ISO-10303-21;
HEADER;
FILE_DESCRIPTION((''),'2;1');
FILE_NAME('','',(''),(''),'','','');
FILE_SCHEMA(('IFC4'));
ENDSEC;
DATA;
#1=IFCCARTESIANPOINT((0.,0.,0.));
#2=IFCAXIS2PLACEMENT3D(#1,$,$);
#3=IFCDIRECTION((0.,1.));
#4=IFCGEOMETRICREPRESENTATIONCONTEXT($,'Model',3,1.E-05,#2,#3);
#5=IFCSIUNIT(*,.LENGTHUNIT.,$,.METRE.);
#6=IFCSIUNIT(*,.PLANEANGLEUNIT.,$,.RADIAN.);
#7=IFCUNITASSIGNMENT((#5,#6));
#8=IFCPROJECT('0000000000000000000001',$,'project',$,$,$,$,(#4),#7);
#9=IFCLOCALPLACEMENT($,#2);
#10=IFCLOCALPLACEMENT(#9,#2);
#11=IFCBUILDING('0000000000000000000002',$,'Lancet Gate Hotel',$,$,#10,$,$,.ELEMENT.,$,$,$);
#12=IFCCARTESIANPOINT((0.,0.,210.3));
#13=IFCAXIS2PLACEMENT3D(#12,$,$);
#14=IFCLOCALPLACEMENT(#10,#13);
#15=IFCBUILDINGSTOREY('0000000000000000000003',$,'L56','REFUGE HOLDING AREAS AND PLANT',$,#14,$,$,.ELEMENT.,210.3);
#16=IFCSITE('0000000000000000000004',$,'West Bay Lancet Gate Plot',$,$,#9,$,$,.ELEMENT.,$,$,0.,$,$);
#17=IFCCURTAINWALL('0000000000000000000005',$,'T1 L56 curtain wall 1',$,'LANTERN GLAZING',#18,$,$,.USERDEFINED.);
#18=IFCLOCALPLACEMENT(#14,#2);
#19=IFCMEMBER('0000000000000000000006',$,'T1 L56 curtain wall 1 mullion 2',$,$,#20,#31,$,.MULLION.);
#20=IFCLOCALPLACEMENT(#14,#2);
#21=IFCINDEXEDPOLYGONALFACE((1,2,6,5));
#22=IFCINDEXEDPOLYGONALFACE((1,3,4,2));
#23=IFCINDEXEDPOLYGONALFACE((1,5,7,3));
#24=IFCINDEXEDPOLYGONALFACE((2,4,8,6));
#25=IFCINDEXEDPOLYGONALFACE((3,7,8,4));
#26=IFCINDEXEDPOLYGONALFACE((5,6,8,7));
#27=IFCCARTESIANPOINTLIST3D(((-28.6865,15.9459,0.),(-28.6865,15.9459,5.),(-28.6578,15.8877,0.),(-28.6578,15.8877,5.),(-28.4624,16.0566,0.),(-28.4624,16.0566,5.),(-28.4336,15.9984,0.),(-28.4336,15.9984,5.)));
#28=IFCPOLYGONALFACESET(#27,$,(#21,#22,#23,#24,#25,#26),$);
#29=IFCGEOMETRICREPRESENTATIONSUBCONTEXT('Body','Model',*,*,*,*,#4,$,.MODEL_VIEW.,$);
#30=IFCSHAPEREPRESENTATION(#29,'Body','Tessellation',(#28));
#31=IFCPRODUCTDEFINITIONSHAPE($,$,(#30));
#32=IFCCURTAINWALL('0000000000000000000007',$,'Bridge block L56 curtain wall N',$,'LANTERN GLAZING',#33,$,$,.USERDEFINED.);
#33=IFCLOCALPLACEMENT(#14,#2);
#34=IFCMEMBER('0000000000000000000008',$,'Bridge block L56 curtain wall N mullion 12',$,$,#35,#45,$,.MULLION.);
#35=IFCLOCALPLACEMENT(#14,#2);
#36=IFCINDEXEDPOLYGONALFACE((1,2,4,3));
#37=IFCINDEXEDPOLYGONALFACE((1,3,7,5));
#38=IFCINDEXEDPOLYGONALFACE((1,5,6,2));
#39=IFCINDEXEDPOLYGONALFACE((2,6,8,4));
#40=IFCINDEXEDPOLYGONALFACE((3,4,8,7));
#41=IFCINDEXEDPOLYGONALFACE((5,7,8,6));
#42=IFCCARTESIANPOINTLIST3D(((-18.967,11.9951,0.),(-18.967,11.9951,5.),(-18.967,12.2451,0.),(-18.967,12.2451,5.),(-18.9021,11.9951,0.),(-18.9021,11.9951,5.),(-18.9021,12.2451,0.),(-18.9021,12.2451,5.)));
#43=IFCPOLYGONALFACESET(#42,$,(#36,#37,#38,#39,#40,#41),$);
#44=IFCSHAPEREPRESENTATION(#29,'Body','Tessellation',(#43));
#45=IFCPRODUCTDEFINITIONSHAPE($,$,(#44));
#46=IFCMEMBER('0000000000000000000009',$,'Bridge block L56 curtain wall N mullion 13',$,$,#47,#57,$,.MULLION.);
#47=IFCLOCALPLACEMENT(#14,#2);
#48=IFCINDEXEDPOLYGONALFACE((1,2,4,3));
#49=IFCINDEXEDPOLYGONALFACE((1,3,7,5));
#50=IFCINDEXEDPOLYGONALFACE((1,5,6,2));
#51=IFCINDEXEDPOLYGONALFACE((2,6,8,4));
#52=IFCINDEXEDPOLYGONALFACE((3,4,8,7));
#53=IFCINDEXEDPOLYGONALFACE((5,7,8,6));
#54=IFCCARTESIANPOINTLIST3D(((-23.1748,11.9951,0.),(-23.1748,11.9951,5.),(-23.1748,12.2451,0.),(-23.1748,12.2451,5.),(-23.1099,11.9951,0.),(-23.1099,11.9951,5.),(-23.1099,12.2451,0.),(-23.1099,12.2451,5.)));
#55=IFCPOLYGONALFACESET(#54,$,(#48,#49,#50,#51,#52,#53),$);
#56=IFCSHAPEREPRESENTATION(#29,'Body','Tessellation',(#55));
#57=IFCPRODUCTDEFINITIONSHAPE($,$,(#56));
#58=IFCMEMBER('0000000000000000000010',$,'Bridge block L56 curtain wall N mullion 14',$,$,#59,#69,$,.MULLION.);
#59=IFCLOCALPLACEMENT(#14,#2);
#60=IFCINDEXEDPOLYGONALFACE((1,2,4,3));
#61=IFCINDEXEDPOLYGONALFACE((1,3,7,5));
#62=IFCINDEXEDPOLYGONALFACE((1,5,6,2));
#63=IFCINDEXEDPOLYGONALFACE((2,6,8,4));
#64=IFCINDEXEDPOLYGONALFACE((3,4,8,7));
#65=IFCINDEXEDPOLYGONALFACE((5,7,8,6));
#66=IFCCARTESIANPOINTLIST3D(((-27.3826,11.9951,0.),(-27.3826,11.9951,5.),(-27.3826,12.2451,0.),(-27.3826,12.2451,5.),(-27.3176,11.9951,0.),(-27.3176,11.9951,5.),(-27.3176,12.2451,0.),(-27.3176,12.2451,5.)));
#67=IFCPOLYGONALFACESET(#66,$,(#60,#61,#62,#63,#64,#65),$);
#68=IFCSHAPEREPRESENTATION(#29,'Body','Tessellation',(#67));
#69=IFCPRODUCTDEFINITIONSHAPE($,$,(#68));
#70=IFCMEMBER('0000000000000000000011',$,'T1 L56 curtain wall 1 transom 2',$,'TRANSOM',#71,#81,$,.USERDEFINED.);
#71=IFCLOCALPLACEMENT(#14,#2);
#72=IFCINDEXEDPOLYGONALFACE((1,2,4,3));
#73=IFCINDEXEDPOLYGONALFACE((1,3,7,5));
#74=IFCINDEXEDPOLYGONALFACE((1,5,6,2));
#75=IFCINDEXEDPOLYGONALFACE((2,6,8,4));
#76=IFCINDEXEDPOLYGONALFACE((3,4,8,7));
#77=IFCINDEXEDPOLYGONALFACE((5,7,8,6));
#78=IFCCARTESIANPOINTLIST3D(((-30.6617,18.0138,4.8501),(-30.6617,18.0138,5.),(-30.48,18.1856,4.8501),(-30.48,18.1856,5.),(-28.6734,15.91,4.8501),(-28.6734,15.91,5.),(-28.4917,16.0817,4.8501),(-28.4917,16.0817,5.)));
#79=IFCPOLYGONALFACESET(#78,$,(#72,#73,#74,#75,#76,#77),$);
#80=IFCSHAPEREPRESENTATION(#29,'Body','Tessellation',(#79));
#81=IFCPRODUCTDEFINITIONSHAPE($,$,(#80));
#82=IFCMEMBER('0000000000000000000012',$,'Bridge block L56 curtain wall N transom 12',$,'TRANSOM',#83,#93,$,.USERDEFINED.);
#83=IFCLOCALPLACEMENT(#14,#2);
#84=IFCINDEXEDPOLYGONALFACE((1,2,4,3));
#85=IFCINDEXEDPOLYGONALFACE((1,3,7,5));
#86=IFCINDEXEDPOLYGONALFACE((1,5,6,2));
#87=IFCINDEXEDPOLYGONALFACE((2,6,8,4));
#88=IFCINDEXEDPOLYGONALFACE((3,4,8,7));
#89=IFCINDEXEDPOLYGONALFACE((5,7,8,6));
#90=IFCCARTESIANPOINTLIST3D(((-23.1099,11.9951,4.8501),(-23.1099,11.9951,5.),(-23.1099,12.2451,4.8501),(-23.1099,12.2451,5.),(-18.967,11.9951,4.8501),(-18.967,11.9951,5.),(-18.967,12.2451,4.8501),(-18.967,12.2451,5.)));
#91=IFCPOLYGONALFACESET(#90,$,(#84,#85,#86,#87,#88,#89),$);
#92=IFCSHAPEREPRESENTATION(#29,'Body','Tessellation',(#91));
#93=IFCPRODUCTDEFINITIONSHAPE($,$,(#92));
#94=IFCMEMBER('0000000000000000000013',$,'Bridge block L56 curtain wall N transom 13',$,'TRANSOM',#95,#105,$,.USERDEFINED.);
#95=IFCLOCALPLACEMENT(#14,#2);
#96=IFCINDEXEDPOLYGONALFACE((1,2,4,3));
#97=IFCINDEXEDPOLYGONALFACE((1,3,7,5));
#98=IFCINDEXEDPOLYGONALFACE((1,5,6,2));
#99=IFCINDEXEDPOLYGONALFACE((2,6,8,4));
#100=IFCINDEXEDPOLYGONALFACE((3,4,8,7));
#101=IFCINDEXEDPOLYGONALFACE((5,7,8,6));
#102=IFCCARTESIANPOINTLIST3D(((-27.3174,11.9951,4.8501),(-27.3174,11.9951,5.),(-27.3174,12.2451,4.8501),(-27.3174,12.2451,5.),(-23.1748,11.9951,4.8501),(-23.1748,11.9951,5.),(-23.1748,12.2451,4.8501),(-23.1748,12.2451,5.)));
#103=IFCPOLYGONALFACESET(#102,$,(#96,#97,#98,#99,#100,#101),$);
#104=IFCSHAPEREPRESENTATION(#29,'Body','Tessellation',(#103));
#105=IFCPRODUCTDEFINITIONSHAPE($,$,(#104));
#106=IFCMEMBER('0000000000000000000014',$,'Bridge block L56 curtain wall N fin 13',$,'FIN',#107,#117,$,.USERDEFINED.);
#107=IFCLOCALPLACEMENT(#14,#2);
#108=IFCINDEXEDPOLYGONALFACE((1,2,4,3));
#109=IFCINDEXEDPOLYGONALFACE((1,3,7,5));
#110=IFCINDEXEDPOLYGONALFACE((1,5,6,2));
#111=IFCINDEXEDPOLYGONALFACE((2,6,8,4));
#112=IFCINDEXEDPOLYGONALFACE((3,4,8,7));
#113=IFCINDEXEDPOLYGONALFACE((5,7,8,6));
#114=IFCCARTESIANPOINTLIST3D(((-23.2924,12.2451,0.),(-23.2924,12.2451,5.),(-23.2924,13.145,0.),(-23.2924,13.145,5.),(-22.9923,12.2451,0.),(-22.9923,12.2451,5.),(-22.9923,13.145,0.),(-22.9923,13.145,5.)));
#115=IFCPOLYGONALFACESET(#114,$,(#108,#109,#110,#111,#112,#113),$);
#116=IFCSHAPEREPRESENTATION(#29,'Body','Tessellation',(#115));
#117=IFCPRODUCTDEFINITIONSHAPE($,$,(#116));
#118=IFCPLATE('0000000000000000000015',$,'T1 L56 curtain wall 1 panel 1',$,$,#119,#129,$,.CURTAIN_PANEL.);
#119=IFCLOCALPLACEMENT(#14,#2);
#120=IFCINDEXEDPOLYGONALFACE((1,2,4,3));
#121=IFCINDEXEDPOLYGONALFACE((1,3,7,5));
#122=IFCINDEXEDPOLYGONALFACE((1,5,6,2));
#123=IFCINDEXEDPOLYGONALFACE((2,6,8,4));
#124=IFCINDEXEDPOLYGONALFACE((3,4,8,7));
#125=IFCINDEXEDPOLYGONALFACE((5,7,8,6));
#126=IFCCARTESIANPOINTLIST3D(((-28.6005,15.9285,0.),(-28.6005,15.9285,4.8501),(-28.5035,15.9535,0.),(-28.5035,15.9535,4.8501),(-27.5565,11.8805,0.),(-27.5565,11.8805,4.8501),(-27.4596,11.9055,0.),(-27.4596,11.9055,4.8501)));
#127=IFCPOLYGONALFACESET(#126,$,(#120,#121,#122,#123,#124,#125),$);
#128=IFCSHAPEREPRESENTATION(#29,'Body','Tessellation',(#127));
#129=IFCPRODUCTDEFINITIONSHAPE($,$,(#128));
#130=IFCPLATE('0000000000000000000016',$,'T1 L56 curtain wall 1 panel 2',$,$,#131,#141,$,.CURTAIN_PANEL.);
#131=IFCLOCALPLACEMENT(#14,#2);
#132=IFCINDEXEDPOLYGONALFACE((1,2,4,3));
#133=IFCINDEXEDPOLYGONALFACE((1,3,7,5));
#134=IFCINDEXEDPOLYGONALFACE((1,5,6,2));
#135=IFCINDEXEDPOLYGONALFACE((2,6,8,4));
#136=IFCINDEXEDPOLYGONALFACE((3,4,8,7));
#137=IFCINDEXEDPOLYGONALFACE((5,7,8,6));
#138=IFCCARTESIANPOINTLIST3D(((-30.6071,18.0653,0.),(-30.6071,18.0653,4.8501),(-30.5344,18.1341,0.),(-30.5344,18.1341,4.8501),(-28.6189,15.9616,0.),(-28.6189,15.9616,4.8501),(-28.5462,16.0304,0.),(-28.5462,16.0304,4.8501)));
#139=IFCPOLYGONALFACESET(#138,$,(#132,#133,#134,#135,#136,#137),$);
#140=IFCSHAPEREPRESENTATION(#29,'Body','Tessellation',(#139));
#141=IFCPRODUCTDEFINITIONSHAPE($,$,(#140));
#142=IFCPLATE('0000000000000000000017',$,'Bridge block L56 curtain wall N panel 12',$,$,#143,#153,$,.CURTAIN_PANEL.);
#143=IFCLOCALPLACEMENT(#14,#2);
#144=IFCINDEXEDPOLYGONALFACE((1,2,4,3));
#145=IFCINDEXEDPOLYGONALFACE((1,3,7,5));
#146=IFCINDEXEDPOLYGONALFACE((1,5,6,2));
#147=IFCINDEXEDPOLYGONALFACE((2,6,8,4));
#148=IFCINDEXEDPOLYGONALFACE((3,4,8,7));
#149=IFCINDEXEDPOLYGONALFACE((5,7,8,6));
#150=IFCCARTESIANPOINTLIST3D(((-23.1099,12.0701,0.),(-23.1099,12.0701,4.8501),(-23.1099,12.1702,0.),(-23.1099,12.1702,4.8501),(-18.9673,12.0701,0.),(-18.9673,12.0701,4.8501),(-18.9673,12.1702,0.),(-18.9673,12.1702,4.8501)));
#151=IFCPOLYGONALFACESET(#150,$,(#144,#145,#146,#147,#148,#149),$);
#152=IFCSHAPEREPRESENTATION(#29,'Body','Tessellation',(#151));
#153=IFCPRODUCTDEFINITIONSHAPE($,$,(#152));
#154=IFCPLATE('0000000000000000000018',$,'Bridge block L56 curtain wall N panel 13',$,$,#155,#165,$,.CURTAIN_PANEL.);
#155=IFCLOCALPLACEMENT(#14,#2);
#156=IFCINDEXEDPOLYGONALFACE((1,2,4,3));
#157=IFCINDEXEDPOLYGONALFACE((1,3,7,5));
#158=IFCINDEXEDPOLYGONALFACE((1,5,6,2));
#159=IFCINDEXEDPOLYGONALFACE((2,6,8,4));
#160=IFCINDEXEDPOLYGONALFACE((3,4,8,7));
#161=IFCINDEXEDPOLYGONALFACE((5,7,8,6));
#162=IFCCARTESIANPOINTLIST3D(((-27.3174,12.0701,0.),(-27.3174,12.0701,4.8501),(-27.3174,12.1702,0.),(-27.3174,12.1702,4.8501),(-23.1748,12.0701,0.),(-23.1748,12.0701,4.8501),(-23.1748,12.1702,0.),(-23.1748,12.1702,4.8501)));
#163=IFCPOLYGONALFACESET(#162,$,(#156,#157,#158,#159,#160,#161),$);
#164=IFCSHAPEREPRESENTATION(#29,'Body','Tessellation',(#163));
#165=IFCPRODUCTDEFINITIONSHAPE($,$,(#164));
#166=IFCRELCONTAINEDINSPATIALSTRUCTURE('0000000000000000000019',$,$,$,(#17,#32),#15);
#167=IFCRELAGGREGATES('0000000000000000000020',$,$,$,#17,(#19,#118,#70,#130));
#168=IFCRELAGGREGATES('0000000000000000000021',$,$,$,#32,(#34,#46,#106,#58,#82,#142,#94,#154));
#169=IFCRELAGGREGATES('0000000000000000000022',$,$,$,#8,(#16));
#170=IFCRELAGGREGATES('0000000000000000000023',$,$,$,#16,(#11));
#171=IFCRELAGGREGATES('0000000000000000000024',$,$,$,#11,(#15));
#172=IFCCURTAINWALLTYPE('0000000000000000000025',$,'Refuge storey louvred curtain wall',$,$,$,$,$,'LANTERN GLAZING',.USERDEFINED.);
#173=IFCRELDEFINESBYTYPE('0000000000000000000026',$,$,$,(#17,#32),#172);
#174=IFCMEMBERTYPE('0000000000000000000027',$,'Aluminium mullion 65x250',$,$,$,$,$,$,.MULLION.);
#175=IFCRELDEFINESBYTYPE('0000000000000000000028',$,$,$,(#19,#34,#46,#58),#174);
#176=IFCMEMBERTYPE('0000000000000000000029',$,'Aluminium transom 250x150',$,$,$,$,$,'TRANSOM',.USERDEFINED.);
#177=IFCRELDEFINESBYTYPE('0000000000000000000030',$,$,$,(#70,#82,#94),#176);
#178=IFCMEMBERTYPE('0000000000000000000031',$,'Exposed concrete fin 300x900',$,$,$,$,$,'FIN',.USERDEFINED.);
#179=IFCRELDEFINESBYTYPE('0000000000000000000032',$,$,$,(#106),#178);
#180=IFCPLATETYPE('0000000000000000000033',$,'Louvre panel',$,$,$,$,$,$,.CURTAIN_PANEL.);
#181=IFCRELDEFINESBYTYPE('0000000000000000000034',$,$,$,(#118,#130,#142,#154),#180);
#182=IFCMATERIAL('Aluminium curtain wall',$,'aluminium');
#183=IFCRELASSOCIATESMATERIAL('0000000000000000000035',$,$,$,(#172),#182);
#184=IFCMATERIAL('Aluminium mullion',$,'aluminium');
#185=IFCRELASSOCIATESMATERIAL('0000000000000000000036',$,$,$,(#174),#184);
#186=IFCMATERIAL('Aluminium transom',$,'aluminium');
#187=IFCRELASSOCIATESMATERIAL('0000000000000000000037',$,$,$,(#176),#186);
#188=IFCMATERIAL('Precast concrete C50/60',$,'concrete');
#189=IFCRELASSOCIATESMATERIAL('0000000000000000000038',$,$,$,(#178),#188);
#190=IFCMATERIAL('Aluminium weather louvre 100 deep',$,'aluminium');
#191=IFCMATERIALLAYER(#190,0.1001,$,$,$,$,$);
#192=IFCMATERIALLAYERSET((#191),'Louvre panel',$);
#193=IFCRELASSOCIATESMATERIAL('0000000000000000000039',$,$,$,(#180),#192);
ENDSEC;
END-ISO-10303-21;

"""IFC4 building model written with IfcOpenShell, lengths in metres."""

from ifc_helpers import new_model, si_unit, direction, frame, origin, origin_2d, place, context, subcontext, project, spatial, rectangle, extrude, material, layer, layer_set, material_profile, profile_set, type_object, element, aggregate, save


model = new_model("IFC4")

# Units and contexts
model_context = context("Model", 3, precision=1e-05, world=origin(), true_north=direction((0.0, 1.0)))
body_context = subcontext(model_context, "Body", "Model", "MODEL_VIEW")
ifc_project = project(units=[si_unit("LENGTHUNIT", "METRE"), si_unit("PLANEANGLEUNIT", "RADIAN")], contexts=[model_context])

# Site, building, storey
site_placement = place(None, origin())
site = spatial("IfcSite", under=ifc_project, at=site_placement, Name="West Bay Lancet Gate Plot", CompositionType="ELEMENT", RefElevation=0.0)
building_placement = place(site_placement, origin())
building = spatial("IfcBuilding", under=site, at=building_placement, Name="Lancet Gate Hotel", CompositionType="ELEMENT")
storey_placement = place(building_placement, frame((0.0, 0.0, 210.3)))
storey = spatial("IfcBuildingStorey", under=building, at=storey_placement, Name="L56", Description="REFUGE HOLDING AREAS AND PLANT", CompositionType="ELEMENT", Elevation=210.3)

# Curtain wall, member
ifc_material_1 = material(Name="Aluminium curtain wall", Category="aluminium")
curtain_wall_type = type_object("IfcCurtainWallType", Name="Refuge storey louvred curtain wall", ElementType="LANTERN GLAZING", PredefinedType="USERDEFINED", material=ifc_material_1)
curtain_wall_1_placement = place(storey_placement, origin())
curtain_wall_1 = element("IfcCurtainWall", 1, at=curtain_wall_1_placement, inside=storey, type_object=curtain_wall_type, Name="T1 L56 curtain wall 1", ObjectType="LANTERN GLAZING", PredefinedType="USERDEFINED")
ifc_material_2 = material(Name="Aluminium mullion", Category="aluminium")
ifc_material_profile_1 = material_profile(ifc_material_2, rectangle(XDim=0.0649, YDim=0.25, at=origin_2d()), Name="MULLION 65x250")
ifc_profile_set_1 = profile_set([ifc_material_profile_1], Name="Aluminium mullion")
member_type_1 = type_object("IfcMemberType", Name="Aluminium mullion 65x250", PredefinedType="MULLION", material=ifc_profile_set_1)
member_1_placement = place(storey_placement, frame((-28.5601, 15.9722, 0.0), z_axis=(0.0, 0.0, 1.0), x_axis=(-0.442875, 0.896583, 0.0)))
member_1 = element("IfcMember", 2, at=member_1_placement, type_object=member_type_1, Name="T1 L56 curtain wall 1 mullion 2", PredefinedType="MULLION", context=body_context, shape_type="SweptSolid", body=[
    extrude(rectangle(XDim=0.0649, YDim=0.25, at=origin_2d()), origin(), (0.0, 0.0, 1.0), 5.0),
])

# Curtain wall, members
curtain_wall_2_placement = place(storey_placement, origin())
curtain_wall_2 = element("IfcCurtainWall", 3, at=curtain_wall_2_placement, inside=storey, type_object=curtain_wall_type, Name="Bridge block L56 curtain wall N", ObjectType="LANTERN GLAZING", PredefinedType="USERDEFINED")
member_2_placement = place(storey_placement, frame((-18.9346, 12.1201, 0.0), z_axis=(0.0, 0.0, 1.0), x_axis=(-1.0, 0.0, 0.0)))
member_2 = element("IfcMember", 4, at=member_2_placement, type_object=member_type_1, Name="Bridge block L56 curtain wall N mullion 12", PredefinedType="MULLION", context=body_context, shape_type="SweptSolid", body=[
    extrude(rectangle(XDim=0.0649, YDim=0.25, at=origin_2d()), origin(), (0.0, 0.0, 1.0), 5.0),
])
member_3_placement = place(storey_placement, frame((-23.1423, 12.1201, 0.0), z_axis=(0.0, 0.0, 1.0), x_axis=(-1.0, 0.0, 0.0)))
member_3 = element("IfcMember", 5, at=member_3_placement, type_object=member_type_1, Name="Bridge block L56 curtain wall N mullion 13", PredefinedType="MULLION", context=body_context, shape_type="SweptSolid", body=[
    extrude(rectangle(XDim=0.0649, YDim=0.25, at=origin_2d()), origin(), (0.0, 0.0, 1.0), 5.0),
])
member_4_placement = place(storey_placement, frame((-27.3501, 12.1201, 0.0), z_axis=(0.0, 0.0, 1.0), x_axis=(-1.0, 0.0, 0.0)))
member_4 = element("IfcMember", 6, at=member_4_placement, type_object=member_type_1, Name="Bridge block L56 curtain wall N mullion 14", PredefinedType="MULLION", context=body_context, shape_type="SweptSolid", body=[
    extrude(rectangle(XDim=0.0649, YDim=0.25, at=origin_2d()), origin(), (0.0, 0.0, 1.0), 5.0),
])

# Members
ifc_material_3 = material(Name="Aluminium transom", Category="aluminium")
ifc_material_profile_2 = material_profile(ifc_material_3, rectangle(XDim=0.25, YDim=0.1499, at=origin_2d()), Name="TRANSOM 250x150")
ifc_profile_set_2 = profile_set([ifc_material_profile_2], Name="Aluminium transom")
member_type_2 = type_object("IfcMemberType", Name="Aluminium transom 250x150", ElementType="TRANSOM", PredefinedType="USERDEFINED", material=ifc_profile_set_2)
member_5_placement = place(storey_placement, frame((-28.5825, 15.9958, 4.925), z_axis=(-0.686879, 0.726772, 0.0), x_axis=(-0.726772, -0.686879, 0.0)))
member_5 = element("IfcMember", 7, at=member_5_placement, type_object=member_type_2, Name="T1 L56 curtain wall 1 transom 2", ObjectType="TRANSOM", PredefinedType="USERDEFINED", context=body_context, shape_type="SweptSolid", body=[
    extrude(rectangle(XDim=0.25, YDim=0.1499, at=origin_2d()), origin(), (0.0, 0.0, 1.0), 2.8948),
])
member_6_placement = place(storey_placement, frame((-18.967, 12.1201, 4.925), z_axis=(-1.0, 0.0, 0.0), x_axis=(0.0, -1.0, 0.0)))
member_6 = element("IfcMember", 8, at=member_6_placement, type_object=member_type_2, Name="Bridge block L56 curtain wall N transom 12", ObjectType="TRANSOM", PredefinedType="USERDEFINED", context=body_context, shape_type="SweptSolid", body=[
    extrude(rectangle(XDim=0.25, YDim=0.1499, at=origin_2d()), origin(), (0.0, 0.0, 1.0), 4.1428),
])
member_7_placement = place(storey_placement, frame((-23.1748, 12.1201, 4.925), z_axis=(-1.0, 0.0, 0.0), x_axis=(0.0, -1.0, 0.0)))
member_7 = element("IfcMember", 9, at=member_7_placement, type_object=member_type_2, Name="Bridge block L56 curtain wall N transom 13", ObjectType="TRANSOM", PredefinedType="USERDEFINED", context=body_context, shape_type="SweptSolid", body=[
    extrude(rectangle(XDim=0.25, YDim=0.1499, at=origin_2d()), origin(), (0.0, 0.0, 1.0), 4.1426),
])
ifc_material_4 = material(Name="Precast concrete C50/60", Category="concrete")
ifc_material_profile_3 = material_profile(ifc_material_4, rectangle(XDim=0.3, YDim=0.8999, at=origin_2d()), Name="FIN 300x900")
ifc_profile_set_3 = profile_set([ifc_material_profile_3], Name="Precast concrete C50/60")
member_type_3 = type_object("IfcMemberType", Name="Exposed concrete fin 300x900", ElementType="FIN", PredefinedType="USERDEFINED", material=ifc_profile_set_3)
member_8_placement = place(storey_placement, frame((-23.1423, 12.6951, 0.0), z_axis=(0.0, 0.0, 1.0), x_axis=(-1.0, 0.0, 0.0)))
member_8 = element("IfcMember", 10, at=member_8_placement, type_object=member_type_3, Name="Bridge block L56 curtain wall N fin 13", ObjectType="FIN", PredefinedType="USERDEFINED", context=body_context, shape_type="SweptSolid", body=[
    extrude(rectangle(XDim=0.3, YDim=0.8999, at=origin_2d()), origin(), (0.0, 0.0, 1.0), 5.0),
])

# Plates
ifc_material_5 = material(Name="Aluminium weather louvre 100 deep", Category="aluminium")
ifc_layer_1 = layer(ifc_material_5, 0.1001)
ifc_layer_set_1 = layer_set([ifc_layer_1], Name="Louvre panel")
plate_type = type_object("IfcPlateType", Name="Louvre panel", PredefinedType="CURTAIN_PANEL", material=ifc_layer_set_1)
plate_1_placement = place(storey_placement, frame((-28.03, 13.917, 0.0), z_axis=(0.0, 0.0, 1.0), x_axis=(-0.249726, 0.968317, 0.0)))
plate_1 = element("IfcPlate", 11, at=plate_1_placement, type_object=plate_type, Name="T1 L56 curtain wall 1 panel 1", PredefinedType="CURTAIN_PANEL", context=body_context, shape_type="SweptSolid", body=[
    extrude(rectangle(XDim=4.1804, YDim=0.1001, at=origin_2d()), origin(), (0.0, 0.0, 1.0), 4.8501),
])
plate_2_placement = place(storey_placement, frame((-29.5767, 17.0479, 0.0), z_axis=(0.0, 0.0, 1.0), x_axis=(-0.686883, 0.726768, 0.0)))
plate_2 = element("IfcPlate", 12, at=plate_2_placement, type_object=plate_type, Name="T1 L56 curtain wall 1 panel 2", PredefinedType="CURTAIN_PANEL", context=body_context, shape_type="SweptSolid", body=[
    extrude(rectangle(XDim=2.8945, YDim=0.1001, at=origin_2d()), origin(), (0.0, 0.0, 1.0), 4.8501),
])
aggregate(curtain_wall_1, [member_1, plate_1, member_5, plate_2])
plate_3_placement = place(storey_placement, frame((-21.0386, 12.1201, 0.0), z_axis=(0.0, 0.0, 1.0), x_axis=(-1.0, 0.0, 0.0)))
plate_3 = element("IfcPlate", 13, at=plate_3_placement, type_object=plate_type, Name="Bridge block L56 curtain wall N panel 12", PredefinedType="CURTAIN_PANEL", context=body_context, shape_type="SweptSolid", body=[
    extrude(rectangle(XDim=4.1426, YDim=0.1001, at=origin_2d()), origin(), (0.0, 0.0, 1.0), 4.8501),
])
plate_4_placement = place(storey_placement, frame((-25.2461, 12.1201, 0.0), z_axis=(0.0, 0.0, 1.0), x_axis=(-1.0, 0.0, 0.0)))
plate_4 = element("IfcPlate", 14, at=plate_4_placement, type_object=plate_type, Name="Bridge block L56 curtain wall N panel 13", PredefinedType="CURTAIN_PANEL", context=body_context, shape_type="SweptSolid", body=[
    extrude(rectangle(XDim=4.1426, YDim=0.1001, at=origin_2d()), origin(), (0.0, 0.0, 1.0), 4.8501),
])
aggregate(curtain_wall_2, [member_2, member_3, member_8, member_4, member_6, plate_3, member_7, plate_4])

save(model, "model.ifc")
